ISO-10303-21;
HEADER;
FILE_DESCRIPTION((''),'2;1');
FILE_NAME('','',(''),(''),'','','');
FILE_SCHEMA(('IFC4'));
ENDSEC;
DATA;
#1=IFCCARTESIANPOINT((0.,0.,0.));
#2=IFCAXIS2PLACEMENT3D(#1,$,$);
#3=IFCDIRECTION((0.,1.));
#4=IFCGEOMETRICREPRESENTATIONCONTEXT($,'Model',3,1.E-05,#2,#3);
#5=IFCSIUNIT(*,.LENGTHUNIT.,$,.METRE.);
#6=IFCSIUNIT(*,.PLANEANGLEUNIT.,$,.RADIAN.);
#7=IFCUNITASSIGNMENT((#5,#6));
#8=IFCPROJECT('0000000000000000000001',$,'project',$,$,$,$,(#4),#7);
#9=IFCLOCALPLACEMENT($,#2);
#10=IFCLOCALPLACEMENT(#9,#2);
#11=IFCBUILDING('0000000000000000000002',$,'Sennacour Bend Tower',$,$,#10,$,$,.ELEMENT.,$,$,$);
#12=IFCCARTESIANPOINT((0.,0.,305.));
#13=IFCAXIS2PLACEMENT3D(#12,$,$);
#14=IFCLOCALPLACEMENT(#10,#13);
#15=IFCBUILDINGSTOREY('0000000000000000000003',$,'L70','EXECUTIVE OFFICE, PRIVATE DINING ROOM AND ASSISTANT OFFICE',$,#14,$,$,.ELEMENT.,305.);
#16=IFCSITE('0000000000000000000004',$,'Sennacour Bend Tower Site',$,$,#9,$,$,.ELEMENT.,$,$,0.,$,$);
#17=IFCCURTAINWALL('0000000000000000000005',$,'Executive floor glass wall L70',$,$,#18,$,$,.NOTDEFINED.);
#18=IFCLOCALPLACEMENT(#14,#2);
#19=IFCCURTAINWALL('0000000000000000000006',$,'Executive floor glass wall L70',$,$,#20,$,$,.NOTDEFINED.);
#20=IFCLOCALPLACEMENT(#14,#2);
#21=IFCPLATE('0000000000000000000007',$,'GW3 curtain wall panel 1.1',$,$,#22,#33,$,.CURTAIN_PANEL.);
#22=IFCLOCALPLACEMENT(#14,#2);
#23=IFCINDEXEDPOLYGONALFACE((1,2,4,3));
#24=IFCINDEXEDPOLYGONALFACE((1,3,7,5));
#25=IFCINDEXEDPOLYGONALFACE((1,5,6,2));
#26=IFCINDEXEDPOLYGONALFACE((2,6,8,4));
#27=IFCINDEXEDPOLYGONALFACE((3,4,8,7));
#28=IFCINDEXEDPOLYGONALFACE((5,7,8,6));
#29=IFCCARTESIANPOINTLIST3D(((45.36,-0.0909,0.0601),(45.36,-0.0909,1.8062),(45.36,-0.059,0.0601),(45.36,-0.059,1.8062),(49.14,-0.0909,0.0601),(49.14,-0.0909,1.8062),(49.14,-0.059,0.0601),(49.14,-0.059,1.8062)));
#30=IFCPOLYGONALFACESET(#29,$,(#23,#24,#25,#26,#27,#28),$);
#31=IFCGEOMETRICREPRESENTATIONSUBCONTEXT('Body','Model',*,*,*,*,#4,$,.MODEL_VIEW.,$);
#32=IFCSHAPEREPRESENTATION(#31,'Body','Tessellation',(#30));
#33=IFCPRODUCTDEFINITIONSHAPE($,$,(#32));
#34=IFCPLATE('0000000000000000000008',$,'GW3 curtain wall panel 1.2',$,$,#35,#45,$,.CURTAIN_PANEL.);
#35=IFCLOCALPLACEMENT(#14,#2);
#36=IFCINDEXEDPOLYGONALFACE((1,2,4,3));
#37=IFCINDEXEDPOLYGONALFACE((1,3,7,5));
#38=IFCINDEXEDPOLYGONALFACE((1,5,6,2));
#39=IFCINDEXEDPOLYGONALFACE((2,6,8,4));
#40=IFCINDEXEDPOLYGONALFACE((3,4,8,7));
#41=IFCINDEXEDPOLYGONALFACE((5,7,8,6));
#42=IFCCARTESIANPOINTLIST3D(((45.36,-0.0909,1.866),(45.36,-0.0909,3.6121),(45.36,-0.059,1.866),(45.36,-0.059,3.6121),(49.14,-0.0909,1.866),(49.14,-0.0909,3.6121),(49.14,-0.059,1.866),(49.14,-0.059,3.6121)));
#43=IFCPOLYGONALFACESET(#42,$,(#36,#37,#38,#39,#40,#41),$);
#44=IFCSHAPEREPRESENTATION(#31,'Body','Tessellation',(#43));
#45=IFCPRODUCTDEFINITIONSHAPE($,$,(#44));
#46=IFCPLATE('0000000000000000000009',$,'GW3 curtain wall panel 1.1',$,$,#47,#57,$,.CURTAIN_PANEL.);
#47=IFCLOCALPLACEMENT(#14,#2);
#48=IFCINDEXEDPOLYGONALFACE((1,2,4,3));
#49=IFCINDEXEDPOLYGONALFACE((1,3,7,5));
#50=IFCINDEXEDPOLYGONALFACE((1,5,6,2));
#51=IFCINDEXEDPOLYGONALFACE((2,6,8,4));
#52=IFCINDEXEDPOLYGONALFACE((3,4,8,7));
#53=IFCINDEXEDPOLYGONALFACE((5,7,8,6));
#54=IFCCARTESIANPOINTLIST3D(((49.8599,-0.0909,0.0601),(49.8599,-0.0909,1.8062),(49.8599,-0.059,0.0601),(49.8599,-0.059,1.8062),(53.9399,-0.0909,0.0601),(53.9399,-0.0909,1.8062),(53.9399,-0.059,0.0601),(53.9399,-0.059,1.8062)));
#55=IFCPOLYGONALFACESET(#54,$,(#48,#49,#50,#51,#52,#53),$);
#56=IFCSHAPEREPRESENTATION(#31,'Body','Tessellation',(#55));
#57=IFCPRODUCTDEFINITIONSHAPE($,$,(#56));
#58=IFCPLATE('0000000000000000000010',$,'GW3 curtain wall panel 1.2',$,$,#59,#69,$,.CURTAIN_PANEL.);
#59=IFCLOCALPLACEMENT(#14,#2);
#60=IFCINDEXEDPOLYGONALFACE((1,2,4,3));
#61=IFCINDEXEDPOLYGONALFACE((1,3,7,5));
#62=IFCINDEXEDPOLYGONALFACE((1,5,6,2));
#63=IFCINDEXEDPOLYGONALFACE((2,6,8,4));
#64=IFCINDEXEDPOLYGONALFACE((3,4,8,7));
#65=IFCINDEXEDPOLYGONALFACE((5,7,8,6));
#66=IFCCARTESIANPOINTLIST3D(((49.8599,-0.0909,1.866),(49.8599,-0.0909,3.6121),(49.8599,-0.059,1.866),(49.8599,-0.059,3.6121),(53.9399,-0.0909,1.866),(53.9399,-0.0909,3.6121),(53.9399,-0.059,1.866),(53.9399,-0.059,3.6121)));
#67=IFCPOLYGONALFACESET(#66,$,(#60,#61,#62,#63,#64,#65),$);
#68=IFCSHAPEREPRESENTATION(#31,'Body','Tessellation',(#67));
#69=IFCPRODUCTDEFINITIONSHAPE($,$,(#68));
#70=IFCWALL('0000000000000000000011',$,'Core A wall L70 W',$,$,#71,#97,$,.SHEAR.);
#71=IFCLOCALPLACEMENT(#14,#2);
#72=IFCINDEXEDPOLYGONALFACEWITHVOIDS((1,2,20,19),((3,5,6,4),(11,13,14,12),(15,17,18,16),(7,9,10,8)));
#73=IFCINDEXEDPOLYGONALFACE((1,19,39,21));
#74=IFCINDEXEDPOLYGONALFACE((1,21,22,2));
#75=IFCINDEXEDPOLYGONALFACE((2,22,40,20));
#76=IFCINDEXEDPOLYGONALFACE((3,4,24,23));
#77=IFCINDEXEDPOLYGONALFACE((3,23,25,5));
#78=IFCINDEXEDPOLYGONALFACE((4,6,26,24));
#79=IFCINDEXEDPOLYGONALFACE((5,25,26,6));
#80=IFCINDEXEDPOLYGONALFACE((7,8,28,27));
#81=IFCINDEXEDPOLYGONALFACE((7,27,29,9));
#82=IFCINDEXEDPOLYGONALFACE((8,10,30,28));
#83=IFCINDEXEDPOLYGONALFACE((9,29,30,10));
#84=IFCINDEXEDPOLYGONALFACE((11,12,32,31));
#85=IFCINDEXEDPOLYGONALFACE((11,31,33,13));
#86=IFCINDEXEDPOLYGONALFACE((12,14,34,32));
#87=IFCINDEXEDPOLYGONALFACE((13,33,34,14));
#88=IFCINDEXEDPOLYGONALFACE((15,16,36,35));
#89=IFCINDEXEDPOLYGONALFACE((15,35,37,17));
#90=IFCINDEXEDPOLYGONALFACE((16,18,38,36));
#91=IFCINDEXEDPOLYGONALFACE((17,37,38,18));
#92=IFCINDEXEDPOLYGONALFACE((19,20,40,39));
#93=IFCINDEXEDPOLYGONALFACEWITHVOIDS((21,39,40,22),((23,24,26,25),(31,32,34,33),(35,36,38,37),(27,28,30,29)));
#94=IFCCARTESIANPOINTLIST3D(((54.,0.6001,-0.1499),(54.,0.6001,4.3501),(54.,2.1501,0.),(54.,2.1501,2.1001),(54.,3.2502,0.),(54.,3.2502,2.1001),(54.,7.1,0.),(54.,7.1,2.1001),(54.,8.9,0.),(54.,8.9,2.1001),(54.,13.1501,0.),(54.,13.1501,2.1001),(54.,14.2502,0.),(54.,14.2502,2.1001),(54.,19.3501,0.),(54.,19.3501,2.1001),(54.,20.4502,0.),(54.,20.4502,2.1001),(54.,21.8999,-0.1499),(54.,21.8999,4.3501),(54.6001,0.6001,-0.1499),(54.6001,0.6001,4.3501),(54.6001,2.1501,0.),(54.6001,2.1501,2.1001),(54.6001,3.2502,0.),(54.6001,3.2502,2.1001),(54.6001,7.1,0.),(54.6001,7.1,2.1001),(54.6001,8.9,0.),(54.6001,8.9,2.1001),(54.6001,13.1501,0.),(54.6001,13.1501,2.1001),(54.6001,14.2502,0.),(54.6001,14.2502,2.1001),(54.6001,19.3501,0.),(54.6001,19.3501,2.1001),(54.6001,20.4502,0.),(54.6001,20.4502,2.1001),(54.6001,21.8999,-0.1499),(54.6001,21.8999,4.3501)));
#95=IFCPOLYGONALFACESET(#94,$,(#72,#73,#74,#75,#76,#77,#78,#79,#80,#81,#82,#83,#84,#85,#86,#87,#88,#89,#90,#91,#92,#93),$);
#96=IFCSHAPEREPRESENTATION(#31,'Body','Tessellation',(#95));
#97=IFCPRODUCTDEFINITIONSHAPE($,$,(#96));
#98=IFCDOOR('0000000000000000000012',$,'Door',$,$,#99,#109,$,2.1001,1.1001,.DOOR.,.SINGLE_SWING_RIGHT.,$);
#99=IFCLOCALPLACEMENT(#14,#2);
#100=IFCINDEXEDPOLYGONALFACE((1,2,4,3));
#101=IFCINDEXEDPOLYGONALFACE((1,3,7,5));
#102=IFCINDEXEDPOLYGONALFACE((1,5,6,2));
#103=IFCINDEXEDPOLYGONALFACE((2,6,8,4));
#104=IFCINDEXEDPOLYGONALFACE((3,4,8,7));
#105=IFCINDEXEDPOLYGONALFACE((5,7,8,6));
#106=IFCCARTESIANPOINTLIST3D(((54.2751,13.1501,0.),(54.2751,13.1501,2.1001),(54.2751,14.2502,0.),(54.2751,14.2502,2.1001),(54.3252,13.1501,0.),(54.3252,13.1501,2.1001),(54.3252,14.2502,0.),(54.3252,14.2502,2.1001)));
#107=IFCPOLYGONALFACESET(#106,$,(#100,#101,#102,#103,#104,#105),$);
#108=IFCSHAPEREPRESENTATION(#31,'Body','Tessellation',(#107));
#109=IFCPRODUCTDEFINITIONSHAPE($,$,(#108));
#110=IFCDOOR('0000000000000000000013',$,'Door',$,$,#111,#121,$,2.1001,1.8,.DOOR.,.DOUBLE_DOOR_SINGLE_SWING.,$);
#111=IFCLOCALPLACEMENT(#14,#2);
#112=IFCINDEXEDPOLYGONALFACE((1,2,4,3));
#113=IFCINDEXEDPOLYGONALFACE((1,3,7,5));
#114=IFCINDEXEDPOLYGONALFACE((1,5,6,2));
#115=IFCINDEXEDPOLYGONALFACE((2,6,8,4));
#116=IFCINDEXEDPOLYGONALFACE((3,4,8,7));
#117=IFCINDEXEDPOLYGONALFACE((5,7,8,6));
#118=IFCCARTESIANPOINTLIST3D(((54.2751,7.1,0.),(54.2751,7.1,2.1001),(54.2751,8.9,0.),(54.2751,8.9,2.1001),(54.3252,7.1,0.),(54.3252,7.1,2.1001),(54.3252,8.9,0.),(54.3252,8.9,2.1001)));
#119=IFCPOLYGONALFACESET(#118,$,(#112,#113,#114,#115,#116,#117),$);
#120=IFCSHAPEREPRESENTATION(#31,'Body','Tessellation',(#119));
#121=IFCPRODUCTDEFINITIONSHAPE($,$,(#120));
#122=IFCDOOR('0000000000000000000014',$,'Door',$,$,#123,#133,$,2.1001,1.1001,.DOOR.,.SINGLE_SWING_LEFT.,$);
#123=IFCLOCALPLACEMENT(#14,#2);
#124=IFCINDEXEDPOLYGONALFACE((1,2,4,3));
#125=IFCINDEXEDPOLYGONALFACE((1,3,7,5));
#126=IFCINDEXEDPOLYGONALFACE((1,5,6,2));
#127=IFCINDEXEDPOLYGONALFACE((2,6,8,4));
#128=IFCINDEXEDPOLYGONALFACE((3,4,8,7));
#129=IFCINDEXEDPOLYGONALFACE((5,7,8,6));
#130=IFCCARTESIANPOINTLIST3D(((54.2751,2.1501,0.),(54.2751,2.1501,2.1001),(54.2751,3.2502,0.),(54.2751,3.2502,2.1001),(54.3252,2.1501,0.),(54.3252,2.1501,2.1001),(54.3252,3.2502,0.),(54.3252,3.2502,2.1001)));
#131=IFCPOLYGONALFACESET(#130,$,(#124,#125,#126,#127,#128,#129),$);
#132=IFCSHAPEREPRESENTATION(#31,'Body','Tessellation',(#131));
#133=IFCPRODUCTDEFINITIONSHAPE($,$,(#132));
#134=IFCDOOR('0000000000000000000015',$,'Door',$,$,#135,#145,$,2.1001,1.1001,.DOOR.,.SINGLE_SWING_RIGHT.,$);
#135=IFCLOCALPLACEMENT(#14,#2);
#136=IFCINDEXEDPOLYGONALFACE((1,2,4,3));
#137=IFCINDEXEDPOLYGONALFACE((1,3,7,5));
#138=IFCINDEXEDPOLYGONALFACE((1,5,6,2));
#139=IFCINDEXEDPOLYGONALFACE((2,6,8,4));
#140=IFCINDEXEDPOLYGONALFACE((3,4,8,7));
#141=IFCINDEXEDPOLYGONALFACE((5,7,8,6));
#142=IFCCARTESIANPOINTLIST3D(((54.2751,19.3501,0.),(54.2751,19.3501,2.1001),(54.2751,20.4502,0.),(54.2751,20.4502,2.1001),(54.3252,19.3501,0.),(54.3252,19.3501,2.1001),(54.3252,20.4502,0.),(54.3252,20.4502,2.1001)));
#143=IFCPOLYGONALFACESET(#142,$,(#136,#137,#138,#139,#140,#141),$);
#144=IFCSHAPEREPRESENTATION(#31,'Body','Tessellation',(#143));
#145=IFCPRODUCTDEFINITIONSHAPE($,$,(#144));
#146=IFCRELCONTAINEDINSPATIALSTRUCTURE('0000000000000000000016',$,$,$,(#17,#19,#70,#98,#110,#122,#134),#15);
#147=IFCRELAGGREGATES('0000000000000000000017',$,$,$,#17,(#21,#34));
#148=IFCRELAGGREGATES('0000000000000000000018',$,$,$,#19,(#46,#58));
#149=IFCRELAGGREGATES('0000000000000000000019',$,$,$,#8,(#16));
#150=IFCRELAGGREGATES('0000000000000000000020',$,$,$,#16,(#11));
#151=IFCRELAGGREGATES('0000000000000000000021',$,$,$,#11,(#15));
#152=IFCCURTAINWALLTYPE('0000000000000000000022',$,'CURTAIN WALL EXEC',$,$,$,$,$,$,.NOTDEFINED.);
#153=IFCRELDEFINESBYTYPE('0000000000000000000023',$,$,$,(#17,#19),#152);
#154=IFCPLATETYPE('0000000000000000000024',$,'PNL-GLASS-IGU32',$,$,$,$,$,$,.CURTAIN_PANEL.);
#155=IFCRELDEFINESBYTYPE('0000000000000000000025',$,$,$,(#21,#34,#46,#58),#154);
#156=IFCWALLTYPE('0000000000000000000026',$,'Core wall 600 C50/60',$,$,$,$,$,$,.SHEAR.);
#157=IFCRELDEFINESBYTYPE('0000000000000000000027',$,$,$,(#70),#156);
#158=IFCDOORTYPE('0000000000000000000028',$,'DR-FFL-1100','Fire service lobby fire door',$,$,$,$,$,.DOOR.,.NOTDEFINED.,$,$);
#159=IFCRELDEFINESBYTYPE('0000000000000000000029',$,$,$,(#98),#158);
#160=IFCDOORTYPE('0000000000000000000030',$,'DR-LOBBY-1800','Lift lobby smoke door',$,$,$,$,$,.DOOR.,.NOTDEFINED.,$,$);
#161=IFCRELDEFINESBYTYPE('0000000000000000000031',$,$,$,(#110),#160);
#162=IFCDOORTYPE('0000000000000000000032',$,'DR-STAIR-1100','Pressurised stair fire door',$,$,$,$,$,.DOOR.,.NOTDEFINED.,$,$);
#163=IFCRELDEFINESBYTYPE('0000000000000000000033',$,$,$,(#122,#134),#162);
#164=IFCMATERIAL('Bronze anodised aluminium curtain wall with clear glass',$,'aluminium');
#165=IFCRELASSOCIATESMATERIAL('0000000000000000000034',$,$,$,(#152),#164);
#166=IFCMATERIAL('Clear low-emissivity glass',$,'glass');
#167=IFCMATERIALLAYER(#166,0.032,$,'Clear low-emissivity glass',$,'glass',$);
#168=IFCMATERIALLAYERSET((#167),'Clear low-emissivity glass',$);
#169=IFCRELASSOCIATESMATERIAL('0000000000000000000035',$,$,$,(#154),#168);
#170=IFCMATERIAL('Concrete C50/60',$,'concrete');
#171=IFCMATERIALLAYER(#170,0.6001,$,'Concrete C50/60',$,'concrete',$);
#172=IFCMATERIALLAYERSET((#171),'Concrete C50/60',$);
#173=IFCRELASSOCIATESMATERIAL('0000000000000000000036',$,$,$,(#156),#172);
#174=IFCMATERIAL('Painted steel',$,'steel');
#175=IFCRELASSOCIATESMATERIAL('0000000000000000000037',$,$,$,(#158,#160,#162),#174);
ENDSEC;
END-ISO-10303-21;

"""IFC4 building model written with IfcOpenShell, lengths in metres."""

from ifc_helpers import new_model, si_unit, direction, frame, frame_2d, origin, origin_2d, place, context, subcontext, project, spatial, rectangle, extrude, material, layer, layer_set, type_object, element, fill, aggregate, save


model = new_model("IFC4")

# Units and contexts
model_context = context("Model", 3, precision=1e-05, world=origin(), true_north=direction((0.0, 1.0)))
body_context = subcontext(model_context, "Body", "Model", "MODEL_VIEW")
ifc_project = project(units=[si_unit("LENGTHUNIT", "METRE"), si_unit("PLANEANGLEUNIT", "RADIAN")], contexts=[model_context])

# Site, building, storey
site_placement = place(None, origin())
site = spatial("IfcSite", under=ifc_project, at=site_placement, Name="Sennacour Bend Tower Site", CompositionType="ELEMENT", RefElevation=0.0)
building_placement = place(site_placement, origin())
building = spatial("IfcBuilding", under=site, at=building_placement, Name="Sennacour Bend Tower", CompositionType="ELEMENT")
storey_placement = place(building_placement, frame((0.0, 0.0, 305.0)))
storey = spatial("IfcBuildingStorey", under=building, at=storey_placement, Name="L70", Description="EXECUTIVE OFFICE, PRIVATE DINING ROOM AND ASSISTANT OFFICE", CompositionType="ELEMENT", Elevation=305.0)

# Curtain wall
ifc_material_1 = material(Name="Bronze anodised aluminium curtain wall with clear glass", Category="aluminium")
curtain_wall_type = type_object("IfcCurtainWallType", Name="CURTAIN WALL EXEC", PredefinedType="NOTDEFINED", material=ifc_material_1)
curtain_wall_1_placement = place(storey_placement, origin())
curtain_wall_1 = element("IfcCurtainWall", 1, at=curtain_wall_1_placement, inside=storey, type_object=curtain_wall_type, Name="Executive floor glass wall L70", PredefinedType="NOTDEFINED")

# Curtain wall
curtain_wall_2_placement = place(storey_placement, origin())
curtain_wall_2 = element("IfcCurtainWall", 2, at=curtain_wall_2_placement, inside=storey, type_object=curtain_wall_type, Name="Executive floor glass wall L70", PredefinedType="NOTDEFINED")

# Plates
ifc_material_2 = material(Name="Clear low-emissivity glass", Category="glass")
ifc_layer_1 = layer(ifc_material_2, 0.032, Name="Clear low-emissivity glass", Category="glass")
ifc_layer_set_1 = layer_set([ifc_layer_1], Name="Clear low-emissivity glass")
plate_type = type_object("IfcPlateType", Name="PNL-GLASS-IGU32", PredefinedType="CURTAIN_PANEL", material=ifc_layer_set_1)
plate_1_placement = place(storey_placement, frame((47.25, -0.075, 0.0601), z_axis=(0.0, 0.0, 1.0), x_axis=(1.0, 0.0, 0.0)))
plate_1 = element("IfcPlate", 3, at=plate_1_placement, type_object=plate_type, Name="GW3 curtain wall panel 1.1", PredefinedType="CURTAIN_PANEL", context=body_context, shape_type="SweptSolid", body=[
    extrude(rectangle(XDim=3.78, YDim=0.032, at=origin_2d()), origin(), (0.0, 0.0, 1.0), 1.7461),
])
plate_2_placement = place(storey_placement, frame((47.25, -0.075, 1.866), z_axis=(0.0, 0.0, 1.0), x_axis=(1.0, 0.0, 0.0)))
plate_2 = element("IfcPlate", 4, at=plate_2_placement, type_object=plate_type, Name="GW3 curtain wall panel 1.2", PredefinedType="CURTAIN_PANEL", context=body_context, shape_type="SweptSolid", body=[
    extrude(rectangle(XDim=3.78, YDim=0.032, at=origin_2d()), origin(), (0.0, 0.0, 1.0), 1.7461),
])
aggregate(curtain_wall_1, [plate_1, plate_2])
plate_3_placement = place(storey_placement, frame((51.8999, -0.075, 0.0601), z_axis=(0.0, 0.0, 1.0), x_axis=(1.0, 0.0, 0.0)))
plate_3 = element("IfcPlate", 5, at=plate_3_placement, type_object=plate_type, Name="GW3 curtain wall panel 1.1", PredefinedType="CURTAIN_PANEL", context=body_context, shape_type="SweptSolid", body=[
    extrude(rectangle(XDim=4.0801, YDim=0.032, at=origin_2d()), origin(), (0.0, 0.0, 1.0), 1.7461),
])
plate_4_placement = place(storey_placement, frame((51.8999, -0.075, 1.866), z_axis=(0.0, 0.0, 1.0), x_axis=(1.0, 0.0, 0.0)))
plate_4 = element("IfcPlate", 6, at=plate_4_placement, type_object=plate_type, Name="GW3 curtain wall panel 1.2", PredefinedType="CURTAIN_PANEL", context=body_context, shape_type="SweptSolid", body=[
    extrude(rectangle(XDim=4.0801, YDim=0.032, at=origin_2d()), origin(), (0.0, 0.0, 1.0), 1.7461),
])
aggregate(curtain_wall_2, [plate_3, plate_4])

# Wall, openings, doors
ifc_material_3 = material(Name="Concrete C50/60", Category="concrete")
ifc_layer_2 = layer(ifc_material_3, 0.6001, Name="Concrete C50/60", Category="concrete")
ifc_layer_set_2 = layer_set([ifc_layer_2], Name="Concrete C50/60")
wall_type_1 = type_object("IfcWallType", Name="Core wall 600 C50/60", PredefinedType="SHEAR", material=ifc_layer_set_2)
wall_1_placement = place(storey_placement, frame((54.3, 0.6001, -0.1499), z_axis=(0.0, 0.0, 1.0), x_axis=(0.0, 1.0, 0.0)))
wall_1 = element("IfcWall", 7, at=wall_1_placement, inside=storey, type_object=wall_type_1, Name="Core A wall L70 W", PredefinedType="SHEAR", context=body_context, shape_type="SweptSolid", body=[
    extrude(rectangle(XDim=21.2998, YDim=0.6001, at=frame_2d((10.6499, 0.0))), origin(), (0.0, 0.0, 1.0), 4.5),
])
opening_1_placement = place(wall_1_placement, frame((6.5, 0.0, 0.1499)))
opening_1 = element("IfcOpeningElement", 8, at=opening_1_placement, cuts=wall_1, PredefinedType="OPENING", context=body_context, shape_type="SweptSolid", body=[
    extrude(rectangle(XDim=1.8, YDim=2.1001, at=frame_2d((0.8999, 1.05))), frame((0.0, 0.3101, 0.0), z_axis=(0.0, -1.0, 0.0), x_axis=(1.0, 0.0, 0.0)), (0.0, 0.0, 1.0), 0.6201),
])
opening_2_placement = place(wall_1_placement, frame((12.55, 0.0, 0.1499)))
opening_2 = element("IfcOpeningElement", 9, at=opening_2_placement, cuts=wall_1, PredefinedType="OPENING", context=body_context, shape_type="SweptSolid", body=[
    extrude(rectangle(XDim=1.1001, YDim=2.1001, at=frame_2d((0.55, 1.05))), frame((0.0, 0.3101, 0.0), z_axis=(0.0, -1.0, 0.0), x_axis=(1.0, 0.0, 0.0)), (0.0, 0.0, 1.0), 0.6201),
])
opening_3_placement = place(wall_1_placement, frame((1.55, 0.0, 0.1499)))
opening_3 = element("IfcOpeningElement", 10, at=opening_3_placement, cuts=wall_1, PredefinedType="OPENING", context=body_context, shape_type="SweptSolid", body=[
    extrude(rectangle(XDim=1.1001, YDim=2.1001, at=frame_2d((0.55, 1.05))), frame((0.0, 0.3101, 0.0), z_axis=(0.0, -1.0, 0.0), x_axis=(1.0, 0.0, 0.0)), (0.0, 0.0, 1.0), 0.6201),
])
opening_4_placement = place(wall_1_placement, frame((18.75, 0.0, 0.1499)))
opening_4 = element("IfcOpeningElement", 11, at=opening_4_placement, cuts=wall_1, PredefinedType="OPENING", context=body_context, shape_type="SweptSolid", body=[
    extrude(rectangle(XDim=1.1001, YDim=2.1001, at=frame_2d((0.55, 1.05))), frame((0.0, 0.3101, 0.0), z_axis=(0.0, -1.0, 0.0), x_axis=(1.0, 0.0, 0.0)), (0.0, 0.0, 1.0), 0.6201),
])
ifc_material_4 = material(Name="Painted steel", Category="steel")
door_type_1 = type_object("IfcDoorType", Name="DR-FFL-1100", Description="Fire service lobby fire door", OperationType="NOTDEFINED", PredefinedType="DOOR", material=ifc_material_4)
door_1_placement = place(opening_2_placement, origin())
door_1 = element("IfcDoor", 12, at=door_1_placement, inside=storey, type_object=door_type_1, Name="Door", OperationType="SINGLE_SWING_RIGHT", OverallHeight=2.1001, OverallWidth=1.1001, PredefinedType="DOOR", context=body_context, shape_type="SweptSolid", body=[
    extrude(rectangle(XDim=1.1001, YDim=2.1001, at=frame_2d((0.55, 1.05))), frame((0.0, 0.0249, 0.0), z_axis=(0.0, -1.0, 0.0), x_axis=(1.0, 0.0, 0.0)), (0.0, 0.0, 1.0), 0.05),
])
fill(opening_2, door_1)
door_type_2 = type_object("IfcDoorType", Name="DR-LOBBY-1800", Description="Lift lobby smoke door", OperationType="NOTDEFINED", PredefinedType="DOOR", material=ifc_material_4)
door_2_placement = place(opening_1_placement, origin())
door_2 = element("IfcDoor", 13, at=door_2_placement, inside=storey, type_object=door_type_2, Name="Door", OperationType="DOUBLE_DOOR_SINGLE_SWING", OverallHeight=2.1001, OverallWidth=1.8, PredefinedType="DOOR", context=body_context, shape_type="SweptSolid", body=[
    extrude(rectangle(XDim=1.8, YDim=2.1001, at=frame_2d((0.8999, 1.05))), frame((0.0, 0.0249, 0.0), z_axis=(0.0, -1.0, 0.0), x_axis=(1.0, 0.0, 0.0)), (0.0, 0.0, 1.0), 0.05),
])
fill(opening_1, door_2)
door_type_3 = type_object("IfcDoorType", Name="DR-STAIR-1100", Description="Pressurised stair fire door", OperationType="NOTDEFINED", PredefinedType="DOOR", material=ifc_material_4)
door_3_placement = place(opening_3_placement, origin())
door_3 = element("IfcDoor", 14, at=door_3_placement, inside=storey, type_object=door_type_3, Name="Door", OperationType="SINGLE_SWING_LEFT", OverallHeight=2.1001, OverallWidth=1.1001, PredefinedType="DOOR", context=body_context, shape_type="SweptSolid", body=[
    extrude(rectangle(XDim=1.1001, YDim=2.1001, at=frame_2d((0.55, 1.05))), frame((0.0, 0.0249, 0.0), z_axis=(0.0, -1.0, 0.0), x_axis=(1.0, 0.0, 0.0)), (0.0, 0.0, 1.0), 0.05),
])
fill(opening_3, door_3)
door_4_placement = place(opening_4_placement, origin())
door_4 = element("IfcDoor", 15, at=door_4_placement, inside=storey, type_object=door_type_3, Name="Door", OperationType="SINGLE_SWING_RIGHT", OverallHeight=2.1001, OverallWidth=1.1001, PredefinedType="DOOR", context=body_context, shape_type="SweptSolid", body=[
    extrude(rectangle(XDim=1.1001, YDim=2.1001, at=frame_2d((0.55, 1.05))), frame((0.0, 0.0249, 0.0), z_axis=(0.0, -1.0, 0.0), x_axis=(1.0, 0.0, 0.0)), (0.0, 0.0, 1.0), 0.05),
])
fill(opening_4, door_4)

save(model, "model.ifc")
